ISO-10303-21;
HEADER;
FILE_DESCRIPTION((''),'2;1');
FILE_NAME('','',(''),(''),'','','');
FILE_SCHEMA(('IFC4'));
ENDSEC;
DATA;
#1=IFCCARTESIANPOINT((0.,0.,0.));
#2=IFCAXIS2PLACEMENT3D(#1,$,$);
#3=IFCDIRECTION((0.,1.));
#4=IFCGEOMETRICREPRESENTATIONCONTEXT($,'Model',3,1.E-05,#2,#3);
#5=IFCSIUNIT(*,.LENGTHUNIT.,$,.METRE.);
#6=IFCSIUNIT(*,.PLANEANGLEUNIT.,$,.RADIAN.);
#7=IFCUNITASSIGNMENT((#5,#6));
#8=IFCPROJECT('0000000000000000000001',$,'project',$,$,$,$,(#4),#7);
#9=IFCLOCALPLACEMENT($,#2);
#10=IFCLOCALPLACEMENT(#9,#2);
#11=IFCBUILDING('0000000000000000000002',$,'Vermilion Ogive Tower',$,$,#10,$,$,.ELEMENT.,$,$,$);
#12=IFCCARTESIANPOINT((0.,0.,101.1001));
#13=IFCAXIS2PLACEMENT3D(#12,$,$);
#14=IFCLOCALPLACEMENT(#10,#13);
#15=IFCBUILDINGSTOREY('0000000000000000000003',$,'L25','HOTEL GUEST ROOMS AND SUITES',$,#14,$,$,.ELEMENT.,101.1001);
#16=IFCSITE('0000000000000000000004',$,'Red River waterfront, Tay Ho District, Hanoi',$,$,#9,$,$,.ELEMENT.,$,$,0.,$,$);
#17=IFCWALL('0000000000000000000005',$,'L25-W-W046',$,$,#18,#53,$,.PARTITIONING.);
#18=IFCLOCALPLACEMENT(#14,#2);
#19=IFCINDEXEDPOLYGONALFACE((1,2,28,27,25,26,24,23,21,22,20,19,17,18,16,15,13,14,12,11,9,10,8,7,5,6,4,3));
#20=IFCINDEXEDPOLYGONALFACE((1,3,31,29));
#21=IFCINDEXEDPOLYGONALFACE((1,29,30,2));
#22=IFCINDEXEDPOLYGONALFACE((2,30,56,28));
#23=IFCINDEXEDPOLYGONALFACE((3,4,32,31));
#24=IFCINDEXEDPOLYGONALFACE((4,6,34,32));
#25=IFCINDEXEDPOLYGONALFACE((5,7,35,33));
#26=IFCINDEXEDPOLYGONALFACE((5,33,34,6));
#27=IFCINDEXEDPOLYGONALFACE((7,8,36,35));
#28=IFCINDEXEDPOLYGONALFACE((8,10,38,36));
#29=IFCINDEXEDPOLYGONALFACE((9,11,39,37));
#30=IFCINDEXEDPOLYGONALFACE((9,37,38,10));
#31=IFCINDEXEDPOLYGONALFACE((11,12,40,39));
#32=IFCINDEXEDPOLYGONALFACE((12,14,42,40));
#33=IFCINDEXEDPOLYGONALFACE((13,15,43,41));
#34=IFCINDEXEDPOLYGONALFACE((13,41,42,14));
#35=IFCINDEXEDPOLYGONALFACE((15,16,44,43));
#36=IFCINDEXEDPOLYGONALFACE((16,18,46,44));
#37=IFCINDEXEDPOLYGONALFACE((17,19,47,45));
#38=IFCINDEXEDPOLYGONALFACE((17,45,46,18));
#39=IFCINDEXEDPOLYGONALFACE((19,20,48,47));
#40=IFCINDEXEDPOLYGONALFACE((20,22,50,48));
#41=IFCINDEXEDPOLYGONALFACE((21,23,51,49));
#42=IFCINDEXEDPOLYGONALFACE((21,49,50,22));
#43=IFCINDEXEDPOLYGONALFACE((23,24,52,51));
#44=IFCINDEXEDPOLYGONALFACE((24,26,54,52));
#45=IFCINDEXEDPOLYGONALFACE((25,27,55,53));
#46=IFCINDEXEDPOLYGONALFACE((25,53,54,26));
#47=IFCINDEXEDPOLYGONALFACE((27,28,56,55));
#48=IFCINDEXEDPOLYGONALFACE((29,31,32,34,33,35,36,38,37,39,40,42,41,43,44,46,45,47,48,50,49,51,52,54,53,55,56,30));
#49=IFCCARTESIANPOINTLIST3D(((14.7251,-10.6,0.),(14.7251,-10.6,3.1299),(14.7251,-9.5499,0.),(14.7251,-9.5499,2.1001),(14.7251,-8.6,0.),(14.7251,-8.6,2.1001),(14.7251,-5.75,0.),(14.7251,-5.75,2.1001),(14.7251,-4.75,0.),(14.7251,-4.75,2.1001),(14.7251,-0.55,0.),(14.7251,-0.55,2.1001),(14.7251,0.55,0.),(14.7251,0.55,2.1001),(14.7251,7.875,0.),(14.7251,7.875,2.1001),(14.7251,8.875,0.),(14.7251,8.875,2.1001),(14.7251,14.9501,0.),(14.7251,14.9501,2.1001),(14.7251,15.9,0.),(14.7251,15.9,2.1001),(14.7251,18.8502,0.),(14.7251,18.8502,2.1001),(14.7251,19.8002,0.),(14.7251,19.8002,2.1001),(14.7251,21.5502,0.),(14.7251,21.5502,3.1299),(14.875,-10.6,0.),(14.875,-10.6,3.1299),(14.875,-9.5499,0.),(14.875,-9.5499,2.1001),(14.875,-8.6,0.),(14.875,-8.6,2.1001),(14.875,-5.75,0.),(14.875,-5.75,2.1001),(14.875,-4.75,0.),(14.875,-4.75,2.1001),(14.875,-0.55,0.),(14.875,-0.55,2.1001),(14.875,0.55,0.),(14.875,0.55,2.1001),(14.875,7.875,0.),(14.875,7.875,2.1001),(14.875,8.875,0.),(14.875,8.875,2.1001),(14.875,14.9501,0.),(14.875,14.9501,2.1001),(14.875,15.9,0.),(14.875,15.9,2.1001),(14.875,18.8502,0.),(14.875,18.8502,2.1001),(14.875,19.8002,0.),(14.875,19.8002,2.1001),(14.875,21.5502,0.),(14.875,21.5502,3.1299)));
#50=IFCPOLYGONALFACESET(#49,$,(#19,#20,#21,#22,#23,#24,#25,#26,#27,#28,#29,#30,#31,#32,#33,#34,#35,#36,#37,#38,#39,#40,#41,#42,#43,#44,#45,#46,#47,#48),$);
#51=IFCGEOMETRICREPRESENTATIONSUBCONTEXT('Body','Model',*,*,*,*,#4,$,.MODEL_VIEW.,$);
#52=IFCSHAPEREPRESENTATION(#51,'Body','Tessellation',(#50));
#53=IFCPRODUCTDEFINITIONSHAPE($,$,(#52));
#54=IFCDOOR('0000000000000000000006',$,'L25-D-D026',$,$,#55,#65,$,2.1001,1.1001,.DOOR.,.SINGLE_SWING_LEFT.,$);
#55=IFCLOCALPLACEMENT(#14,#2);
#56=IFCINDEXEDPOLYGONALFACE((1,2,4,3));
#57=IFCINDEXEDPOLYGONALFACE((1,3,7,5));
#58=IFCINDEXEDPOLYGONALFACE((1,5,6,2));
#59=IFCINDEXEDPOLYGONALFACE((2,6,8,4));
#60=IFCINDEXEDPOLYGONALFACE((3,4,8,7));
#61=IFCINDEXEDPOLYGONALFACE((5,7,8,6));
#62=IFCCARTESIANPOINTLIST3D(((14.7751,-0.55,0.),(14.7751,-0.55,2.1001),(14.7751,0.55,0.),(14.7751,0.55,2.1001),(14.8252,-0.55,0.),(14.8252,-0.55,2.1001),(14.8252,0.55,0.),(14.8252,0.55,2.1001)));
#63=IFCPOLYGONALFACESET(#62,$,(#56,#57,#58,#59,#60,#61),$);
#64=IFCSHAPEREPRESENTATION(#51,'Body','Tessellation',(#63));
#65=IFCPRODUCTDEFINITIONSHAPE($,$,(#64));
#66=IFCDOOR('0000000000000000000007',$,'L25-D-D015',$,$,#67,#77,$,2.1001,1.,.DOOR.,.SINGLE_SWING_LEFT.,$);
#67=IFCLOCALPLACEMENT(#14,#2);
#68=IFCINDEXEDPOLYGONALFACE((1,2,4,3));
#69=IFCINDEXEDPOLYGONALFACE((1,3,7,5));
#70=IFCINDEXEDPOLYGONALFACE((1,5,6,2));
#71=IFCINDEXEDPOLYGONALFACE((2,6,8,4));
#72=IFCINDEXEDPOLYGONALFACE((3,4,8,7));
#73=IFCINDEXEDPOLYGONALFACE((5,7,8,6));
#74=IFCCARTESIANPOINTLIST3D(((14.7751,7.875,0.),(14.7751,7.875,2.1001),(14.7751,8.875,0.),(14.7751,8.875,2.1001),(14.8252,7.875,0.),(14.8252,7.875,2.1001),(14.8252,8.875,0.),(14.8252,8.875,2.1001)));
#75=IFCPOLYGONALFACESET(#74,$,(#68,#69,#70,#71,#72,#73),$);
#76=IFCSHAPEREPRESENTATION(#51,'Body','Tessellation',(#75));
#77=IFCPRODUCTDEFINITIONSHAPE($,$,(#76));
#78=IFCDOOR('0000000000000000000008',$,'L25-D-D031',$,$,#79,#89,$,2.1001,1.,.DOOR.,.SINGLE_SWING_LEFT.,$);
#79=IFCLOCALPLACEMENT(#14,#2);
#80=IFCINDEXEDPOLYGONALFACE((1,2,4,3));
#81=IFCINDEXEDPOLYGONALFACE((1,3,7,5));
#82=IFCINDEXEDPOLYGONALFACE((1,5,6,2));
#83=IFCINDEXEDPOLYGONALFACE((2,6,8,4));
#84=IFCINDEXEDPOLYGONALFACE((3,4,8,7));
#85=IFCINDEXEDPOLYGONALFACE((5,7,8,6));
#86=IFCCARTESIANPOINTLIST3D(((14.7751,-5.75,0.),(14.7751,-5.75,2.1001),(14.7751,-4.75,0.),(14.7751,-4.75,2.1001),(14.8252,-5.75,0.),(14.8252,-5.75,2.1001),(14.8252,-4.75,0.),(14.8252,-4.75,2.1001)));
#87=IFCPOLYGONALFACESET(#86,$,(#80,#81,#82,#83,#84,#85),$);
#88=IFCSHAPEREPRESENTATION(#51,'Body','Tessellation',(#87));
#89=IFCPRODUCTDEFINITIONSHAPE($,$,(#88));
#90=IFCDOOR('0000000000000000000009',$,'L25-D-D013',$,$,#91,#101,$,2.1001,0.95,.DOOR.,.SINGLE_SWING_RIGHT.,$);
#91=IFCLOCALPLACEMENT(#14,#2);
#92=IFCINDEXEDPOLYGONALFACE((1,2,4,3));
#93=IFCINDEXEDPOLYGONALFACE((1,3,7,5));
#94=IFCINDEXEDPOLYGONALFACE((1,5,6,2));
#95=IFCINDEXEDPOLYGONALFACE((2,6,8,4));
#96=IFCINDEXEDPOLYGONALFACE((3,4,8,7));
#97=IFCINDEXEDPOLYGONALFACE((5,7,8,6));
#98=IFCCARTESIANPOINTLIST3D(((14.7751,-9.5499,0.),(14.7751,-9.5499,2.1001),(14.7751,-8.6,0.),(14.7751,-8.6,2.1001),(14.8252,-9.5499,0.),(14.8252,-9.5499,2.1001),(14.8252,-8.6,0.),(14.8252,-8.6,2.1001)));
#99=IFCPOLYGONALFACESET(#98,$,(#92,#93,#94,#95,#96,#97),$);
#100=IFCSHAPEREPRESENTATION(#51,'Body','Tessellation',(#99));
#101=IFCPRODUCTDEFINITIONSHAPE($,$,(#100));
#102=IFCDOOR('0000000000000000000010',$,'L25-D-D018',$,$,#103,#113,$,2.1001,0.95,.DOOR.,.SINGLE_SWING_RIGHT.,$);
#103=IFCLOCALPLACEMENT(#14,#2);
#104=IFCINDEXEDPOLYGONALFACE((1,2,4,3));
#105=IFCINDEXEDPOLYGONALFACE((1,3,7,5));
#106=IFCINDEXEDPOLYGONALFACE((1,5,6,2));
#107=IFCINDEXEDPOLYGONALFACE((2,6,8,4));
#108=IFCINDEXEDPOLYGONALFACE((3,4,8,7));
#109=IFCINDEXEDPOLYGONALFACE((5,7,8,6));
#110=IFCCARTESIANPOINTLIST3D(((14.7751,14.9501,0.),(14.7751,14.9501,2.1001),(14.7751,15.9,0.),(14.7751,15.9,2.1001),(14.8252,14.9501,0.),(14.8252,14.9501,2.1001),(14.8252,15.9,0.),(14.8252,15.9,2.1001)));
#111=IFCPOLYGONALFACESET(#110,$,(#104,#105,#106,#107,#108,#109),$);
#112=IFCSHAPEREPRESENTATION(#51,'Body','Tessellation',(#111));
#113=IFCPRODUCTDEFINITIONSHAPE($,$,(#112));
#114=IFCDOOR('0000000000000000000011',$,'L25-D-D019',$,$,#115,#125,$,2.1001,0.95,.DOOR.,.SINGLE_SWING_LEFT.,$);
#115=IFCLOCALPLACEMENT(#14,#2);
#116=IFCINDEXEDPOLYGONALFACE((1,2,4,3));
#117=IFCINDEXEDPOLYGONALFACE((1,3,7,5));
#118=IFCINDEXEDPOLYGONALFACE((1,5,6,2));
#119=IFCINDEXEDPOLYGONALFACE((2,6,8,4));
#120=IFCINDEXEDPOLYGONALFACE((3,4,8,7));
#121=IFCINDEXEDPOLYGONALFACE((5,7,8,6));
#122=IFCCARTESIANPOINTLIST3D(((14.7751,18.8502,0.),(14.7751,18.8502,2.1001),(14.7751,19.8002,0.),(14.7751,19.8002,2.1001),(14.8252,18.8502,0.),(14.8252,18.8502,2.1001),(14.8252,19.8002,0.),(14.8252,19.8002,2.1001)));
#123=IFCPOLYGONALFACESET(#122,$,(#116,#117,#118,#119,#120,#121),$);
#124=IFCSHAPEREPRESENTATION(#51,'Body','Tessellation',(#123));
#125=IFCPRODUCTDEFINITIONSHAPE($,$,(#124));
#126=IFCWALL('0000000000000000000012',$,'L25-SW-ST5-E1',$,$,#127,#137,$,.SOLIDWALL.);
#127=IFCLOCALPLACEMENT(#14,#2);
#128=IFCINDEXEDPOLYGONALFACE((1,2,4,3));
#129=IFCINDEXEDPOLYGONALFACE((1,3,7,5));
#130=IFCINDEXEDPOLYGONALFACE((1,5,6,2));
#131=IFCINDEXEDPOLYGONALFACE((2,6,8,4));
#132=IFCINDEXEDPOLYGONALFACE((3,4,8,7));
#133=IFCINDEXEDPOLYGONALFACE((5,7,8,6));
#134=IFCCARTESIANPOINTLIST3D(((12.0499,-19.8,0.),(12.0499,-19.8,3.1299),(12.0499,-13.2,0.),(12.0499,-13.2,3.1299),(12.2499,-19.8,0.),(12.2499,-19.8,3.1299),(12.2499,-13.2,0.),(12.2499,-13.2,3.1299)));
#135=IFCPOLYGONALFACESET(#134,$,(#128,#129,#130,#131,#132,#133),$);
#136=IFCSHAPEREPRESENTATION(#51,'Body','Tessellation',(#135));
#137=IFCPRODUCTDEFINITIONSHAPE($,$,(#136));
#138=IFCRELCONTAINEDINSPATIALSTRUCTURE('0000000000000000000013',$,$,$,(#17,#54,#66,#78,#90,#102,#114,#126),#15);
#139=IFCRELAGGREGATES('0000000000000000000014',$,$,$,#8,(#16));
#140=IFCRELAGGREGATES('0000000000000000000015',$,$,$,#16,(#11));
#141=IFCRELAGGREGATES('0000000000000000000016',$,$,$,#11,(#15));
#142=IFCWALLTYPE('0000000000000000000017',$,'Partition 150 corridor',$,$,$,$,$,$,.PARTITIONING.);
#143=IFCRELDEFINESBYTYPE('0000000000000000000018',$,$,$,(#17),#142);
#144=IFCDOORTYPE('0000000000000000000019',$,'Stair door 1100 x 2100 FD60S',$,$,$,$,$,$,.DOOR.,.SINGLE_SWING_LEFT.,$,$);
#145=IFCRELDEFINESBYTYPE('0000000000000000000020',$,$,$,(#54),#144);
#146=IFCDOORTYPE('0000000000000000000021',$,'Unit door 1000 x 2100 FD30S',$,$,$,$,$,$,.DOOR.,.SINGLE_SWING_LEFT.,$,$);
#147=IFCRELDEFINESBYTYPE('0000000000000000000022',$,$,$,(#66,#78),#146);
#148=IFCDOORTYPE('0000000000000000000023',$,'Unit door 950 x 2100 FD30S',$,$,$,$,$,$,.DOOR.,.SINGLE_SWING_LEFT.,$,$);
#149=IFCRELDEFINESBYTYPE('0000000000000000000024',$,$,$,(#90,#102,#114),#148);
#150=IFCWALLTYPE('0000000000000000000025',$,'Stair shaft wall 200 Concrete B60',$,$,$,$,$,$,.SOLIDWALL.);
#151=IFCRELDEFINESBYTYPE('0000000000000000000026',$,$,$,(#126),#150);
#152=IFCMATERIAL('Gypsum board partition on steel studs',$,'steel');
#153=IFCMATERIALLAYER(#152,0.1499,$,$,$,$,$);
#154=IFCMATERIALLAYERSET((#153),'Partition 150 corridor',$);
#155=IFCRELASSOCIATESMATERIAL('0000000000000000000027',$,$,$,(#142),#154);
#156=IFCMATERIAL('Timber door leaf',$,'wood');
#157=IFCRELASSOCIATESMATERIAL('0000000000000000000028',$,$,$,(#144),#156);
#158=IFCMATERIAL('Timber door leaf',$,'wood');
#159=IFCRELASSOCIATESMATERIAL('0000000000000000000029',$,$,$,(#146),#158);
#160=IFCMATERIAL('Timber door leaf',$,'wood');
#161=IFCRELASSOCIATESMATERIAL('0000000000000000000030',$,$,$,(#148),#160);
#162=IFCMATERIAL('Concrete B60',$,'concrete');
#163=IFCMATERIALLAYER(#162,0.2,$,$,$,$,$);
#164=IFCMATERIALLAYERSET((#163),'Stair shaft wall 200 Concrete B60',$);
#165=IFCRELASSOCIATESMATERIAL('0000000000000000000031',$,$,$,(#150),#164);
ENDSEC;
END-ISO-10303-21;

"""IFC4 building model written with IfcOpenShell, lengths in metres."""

from ifc_helpers import new_model, si_unit, direction, frame, frame_2d, origin, place, context, subcontext, project, spatial, rectangle, extrude, material, layer, layer_set, type_object, element, fill, save


model = new_model("IFC4")

# Units and contexts
model_context = context("Model", 3, precision=1e-05, world=origin(), true_north=direction((0.0, 1.0)))
body_context = subcontext(model_context, "Body", "Model", "MODEL_VIEW")
ifc_project = project(units=[si_unit("LENGTHUNIT", "METRE"), si_unit("PLANEANGLEUNIT", "RADIAN")], contexts=[model_context])

# Site, building, storey
site_placement = place(None, origin())
site = spatial("IfcSite", under=ifc_project, at=site_placement, Name="Red River waterfront, Tay Ho District, Hanoi", CompositionType="ELEMENT", RefElevation=0.0)
building_placement = place(site_placement, origin())
building = spatial("IfcBuilding", under=site, at=building_placement, Name="Vermilion Ogive Tower", CompositionType="ELEMENT")
storey_placement = place(building_placement, frame((0.0, 0.0, 101.1001)))
storey = spatial("IfcBuildingStorey", under=building, at=storey_placement, Name="L25", Description="HOTEL GUEST ROOMS AND SUITES", CompositionType="ELEMENT", Elevation=101.1001)

# Wall, openings, doors
ifc_material_1 = material(Name="Gypsum board partition on steel studs", Category="steel")
ifc_layer_1 = layer(ifc_material_1, 0.1499)
ifc_layer_set_1 = layer_set([ifc_layer_1], Name="Partition 150 corridor")
wall_type_1 = type_object("IfcWallType", Name="Partition 150 corridor", PredefinedType="PARTITIONING", material=ifc_layer_set_1)
wall_1_placement = place(storey_placement, frame((14.8, -10.6001, 0.0), z_axis=(0.0, 0.0, 1.0), x_axis=(0.0, 1.0, 0.0)))
wall_1 = element("IfcWall", 1, at=wall_1_placement, inside=storey, type_object=wall_type_1, Name="L25-W-W046", PredefinedType="PARTITIONING", context=body_context, shape_type="SweptSolid", body=[
    extrude(rectangle(XDim=32.1501, YDim=0.1499, at=frame_2d((16.0752, 0.0))), origin(), (0.0, 0.0, 1.0), 3.1299),
])
opening_1_placement = place(wall_1_placement, frame((1.05, 0.0, 0.0)))
opening_1 = element("IfcOpeningElement", 2, at=opening_1_placement, cuts=wall_1, PredefinedType="OPENING", context=body_context, shape_type="SweptSolid", body=[
    extrude(rectangle(XDim=0.95, YDim=2.1001, at=frame_2d((0.4751, 1.05))), frame((0.0, 0.085, 0.0), z_axis=(0.0, -1.0, 0.0), x_axis=(1.0, 0.0, 0.0)), (0.0, 0.0, 1.0), 0.1699),
])
opening_2_placement = place(wall_1_placement, frame((18.4751, 0.0, 0.0)))
opening_2 = element("IfcOpeningElement", 3, at=opening_2_placement, cuts=wall_1, PredefinedType="OPENING", context=body_context, shape_type="SweptSolid", body=[
    extrude(rectangle(XDim=1.0, YDim=2.1001, at=frame_2d((0.5, 1.05))), frame((0.0, 0.085, 0.0), z_axis=(0.0, -1.0, 0.0), x_axis=(1.0, 0.0, 0.0)), (0.0, 0.0, 1.0), 0.1699),
])
opening_3_placement = place(wall_1_placement, frame((25.55, 0.0, 0.0)))
opening_3 = element("IfcOpeningElement", 4, at=opening_3_placement, cuts=wall_1, PredefinedType="OPENING", context=body_context, shape_type="SweptSolid", body=[
    extrude(rectangle(XDim=0.95, YDim=2.1001, at=frame_2d((0.4751, 1.05))), frame((0.0, 0.085, 0.0), z_axis=(0.0, -1.0, 0.0), x_axis=(1.0, 0.0, 0.0)), (0.0, 0.0, 1.0), 0.1699),
])
opening_4_placement = place(wall_1_placement, frame((29.4502, 0.0, 0.0)))
opening_4 = element("IfcOpeningElement", 5, at=opening_4_placement, cuts=wall_1, PredefinedType="OPENING", context=body_context, shape_type="SweptSolid", body=[
    extrude(rectangle(XDim=0.95, YDim=2.1001, at=frame_2d((0.4751, 1.05))), frame((0.0, 0.085, 0.0), z_axis=(0.0, -1.0, 0.0), x_axis=(1.0, 0.0, 0.0)), (0.0, 0.0, 1.0), 0.1699),
])
opening_5_placement = place(wall_1_placement, frame((10.05, 0.0, 0.0)))
opening_5 = element("IfcOpeningElement", 6, at=opening_5_placement, cuts=wall_1, PredefinedType="OPENING", context=body_context, shape_type="SweptSolid", body=[
    extrude(rectangle(XDim=1.1001, YDim=2.1001, at=frame_2d((0.55, 1.05))), frame((0.0, 0.085, 0.0), z_axis=(0.0, -1.0, 0.0), x_axis=(1.0, 0.0, 0.0)), (0.0, 0.0, 1.0), 0.1699),
])
opening_6_placement = place(wall_1_placement, frame((4.8501, 0.0, 0.0)))
opening_6 = element("IfcOpeningElement", 7, at=opening_6_placement, cuts=wall_1, PredefinedType="OPENING", context=body_context, shape_type="SweptSolid", body=[
    extrude(rectangle(XDim=1.0, YDim=2.1001, at=frame_2d((0.5, 1.05))), frame((0.0, 0.085, 0.0), z_axis=(0.0, -1.0, 0.0), x_axis=(1.0, 0.0, 0.0)), (0.0, 0.0, 1.0), 0.1699),
])
ifc_material_2 = material(Name="Timber door leaf", Category="wood")
door_type_1 = type_object("IfcDoorType", Name="Stair door 1100 x 2100 FD60S", OperationType="SINGLE_SWING_LEFT", PredefinedType="DOOR", material=ifc_material_2)
door_1_placement = place(opening_5_placement, origin())
door_1 = element("IfcDoor", 8, at=door_1_placement, inside=storey, type_object=door_type_1, Name="L25-D-D026", OperationType="SINGLE_SWING_LEFT", OverallHeight=2.1001, OverallWidth=1.1001, PredefinedType="DOOR", context=body_context, shape_type="SweptSolid", body=[
    extrude(rectangle(XDim=1.1001, YDim=2.1001, at=frame_2d((0.55, 1.05))), frame((0.0, 0.0249, 0.0), z_axis=(0.0, -1.0, 0.0), x_axis=(1.0, 0.0, 0.0)), (0.0, 0.0, 1.0), 0.05),
])
fill(opening_5, door_1)
ifc_material_3 = material(Name="Timber door leaf", Category="wood")
door_type_2 = type_object("IfcDoorType", Name="Unit door 1000 x 2100 FD30S", OperationType="SINGLE_SWING_LEFT", PredefinedType="DOOR", material=ifc_material_3)
door_2_placement = place(opening_2_placement, origin())
door_2 = element("IfcDoor", 9, at=door_2_placement, inside=storey, type_object=door_type_2, Name="L25-D-D015", OperationType="SINGLE_SWING_LEFT", OverallHeight=2.1001, OverallWidth=1.0, PredefinedType="DOOR", context=body_context, shape_type="SweptSolid", body=[
    extrude(rectangle(XDim=1.0, YDim=2.1001, at=frame_2d((0.5, 1.05))), frame((0.0, 0.0249, 0.0), z_axis=(0.0, -1.0, 0.0), x_axis=(1.0, 0.0, 0.0)), (0.0, 0.0, 1.0), 0.05),
])
fill(opening_2, door_2)
door_3_placement = place(opening_6_placement, origin())
door_3 = element("IfcDoor", 10, at=door_3_placement, inside=storey, type_object=door_type_2, Name="L25-D-D031", OperationType="SINGLE_SWING_LEFT", OverallHeight=2.1001, OverallWidth=1.0, PredefinedType="DOOR", context=body_context, shape_type="SweptSolid", body=[
    extrude(rectangle(XDim=1.0, YDim=2.1001, at=frame_2d((0.5, 1.05))), frame((0.0, 0.0249, 0.0), z_axis=(0.0, -1.0, 0.0), x_axis=(1.0, 0.0, 0.0)), (0.0, 0.0, 1.0), 0.05),
])
fill(opening_6, door_3)
ifc_material_4 = material(Name="Timber door leaf", Category="wood")
door_type_3 = type_object("IfcDoorType", Name="Unit door 950 x 2100 FD30S", OperationType="SINGLE_SWING_LEFT", PredefinedType="DOOR", material=ifc_material_4)
door_4_placement = place(opening_1_placement, origin())
door_4 = element("IfcDoor", 11, at=door_4_placement, inside=storey, type_object=door_type_3, Name="L25-D-D013", OperationType="SINGLE_SWING_RIGHT", OverallHeight=2.1001, OverallWidth=0.95, PredefinedType="DOOR", context=body_context, shape_type="SweptSolid", body=[
    extrude(rectangle(XDim=0.95, YDim=2.1001, at=frame_2d((0.4751, 1.05))), frame((0.0, 0.0249, 0.0), z_axis=(0.0, -1.0, 0.0), x_axis=(1.0, 0.0, 0.0)), (0.0, 0.0, 1.0), 0.05),
])
fill(opening_1, door_4)
door_5_placement = place(opening_3_placement, origin())
door_5 = element("IfcDoor", 12, at=door_5_placement, inside=storey, type_object=door_type_3, Name="L25-D-D018", OperationType="SINGLE_SWING_RIGHT", OverallHeight=2.1001, OverallWidth=0.95, PredefinedType="DOOR", context=body_context, shape_type="SweptSolid", body=[
    extrude(rectangle(XDim=0.95, YDim=2.1001, at=frame_2d((0.4751, 1.05))), frame((0.0, 0.0249, 0.0), z_axis=(0.0, -1.0, 0.0), x_axis=(1.0, 0.0, 0.0)), (0.0, 0.0, 1.0), 0.05),
])
fill(opening_3, door_5)
door_6_placement = place(opening_4_placement, origin())
door_6 = element("IfcDoor", 13, at=door_6_placement, inside=storey, type_object=door_type_3, Name="L25-D-D019", OperationType="SINGLE_SWING_LEFT", OverallHeight=2.1001, OverallWidth=0.95, PredefinedType="DOOR", context=body_context, shape_type="SweptSolid", body=[
    extrude(rectangle(XDim=0.95, YDim=2.1001, at=frame_2d((0.4751, 1.05))), frame((0.0, 0.0249, 0.0), z_axis=(0.0, -1.0, 0.0), x_axis=(1.0, 0.0, 0.0)), (0.0, 0.0, 1.0), 0.05),
])
fill(opening_4, door_6)

# Wall
ifc_material_5 = material(Name="Concrete B60", Category="concrete")
ifc_layer_2 = layer(ifc_material_5, 0.2)
ifc_layer_set_2 = layer_set([ifc_layer_2], Name="Stair shaft wall 200 Concrete B60")
wall_type_2 = type_object("IfcWallType", Name="Stair shaft wall 200 Concrete B60", PredefinedType="SOLIDWALL", material=ifc_layer_set_2)
wall_2_placement = place(storey_placement, frame((12.1499, -19.8, 0.0), z_axis=(0.0, 0.0, 1.0), x_axis=(0.0, 1.0, 0.0)))
element("IfcWall", 14, at=wall_2_placement, inside=storey, type_object=wall_type_2, Name="L25-SW-ST5-E1", PredefinedType="SOLIDWALL", context=body_context, shape_type="SweptSolid", body=[
    extrude(rectangle(XDim=6.6001, YDim=0.2, at=frame_2d((3.3, 0.0))), origin(), (0.0, 0.0, 1.0), 3.1299),
])

save(model, "model.ifc")
